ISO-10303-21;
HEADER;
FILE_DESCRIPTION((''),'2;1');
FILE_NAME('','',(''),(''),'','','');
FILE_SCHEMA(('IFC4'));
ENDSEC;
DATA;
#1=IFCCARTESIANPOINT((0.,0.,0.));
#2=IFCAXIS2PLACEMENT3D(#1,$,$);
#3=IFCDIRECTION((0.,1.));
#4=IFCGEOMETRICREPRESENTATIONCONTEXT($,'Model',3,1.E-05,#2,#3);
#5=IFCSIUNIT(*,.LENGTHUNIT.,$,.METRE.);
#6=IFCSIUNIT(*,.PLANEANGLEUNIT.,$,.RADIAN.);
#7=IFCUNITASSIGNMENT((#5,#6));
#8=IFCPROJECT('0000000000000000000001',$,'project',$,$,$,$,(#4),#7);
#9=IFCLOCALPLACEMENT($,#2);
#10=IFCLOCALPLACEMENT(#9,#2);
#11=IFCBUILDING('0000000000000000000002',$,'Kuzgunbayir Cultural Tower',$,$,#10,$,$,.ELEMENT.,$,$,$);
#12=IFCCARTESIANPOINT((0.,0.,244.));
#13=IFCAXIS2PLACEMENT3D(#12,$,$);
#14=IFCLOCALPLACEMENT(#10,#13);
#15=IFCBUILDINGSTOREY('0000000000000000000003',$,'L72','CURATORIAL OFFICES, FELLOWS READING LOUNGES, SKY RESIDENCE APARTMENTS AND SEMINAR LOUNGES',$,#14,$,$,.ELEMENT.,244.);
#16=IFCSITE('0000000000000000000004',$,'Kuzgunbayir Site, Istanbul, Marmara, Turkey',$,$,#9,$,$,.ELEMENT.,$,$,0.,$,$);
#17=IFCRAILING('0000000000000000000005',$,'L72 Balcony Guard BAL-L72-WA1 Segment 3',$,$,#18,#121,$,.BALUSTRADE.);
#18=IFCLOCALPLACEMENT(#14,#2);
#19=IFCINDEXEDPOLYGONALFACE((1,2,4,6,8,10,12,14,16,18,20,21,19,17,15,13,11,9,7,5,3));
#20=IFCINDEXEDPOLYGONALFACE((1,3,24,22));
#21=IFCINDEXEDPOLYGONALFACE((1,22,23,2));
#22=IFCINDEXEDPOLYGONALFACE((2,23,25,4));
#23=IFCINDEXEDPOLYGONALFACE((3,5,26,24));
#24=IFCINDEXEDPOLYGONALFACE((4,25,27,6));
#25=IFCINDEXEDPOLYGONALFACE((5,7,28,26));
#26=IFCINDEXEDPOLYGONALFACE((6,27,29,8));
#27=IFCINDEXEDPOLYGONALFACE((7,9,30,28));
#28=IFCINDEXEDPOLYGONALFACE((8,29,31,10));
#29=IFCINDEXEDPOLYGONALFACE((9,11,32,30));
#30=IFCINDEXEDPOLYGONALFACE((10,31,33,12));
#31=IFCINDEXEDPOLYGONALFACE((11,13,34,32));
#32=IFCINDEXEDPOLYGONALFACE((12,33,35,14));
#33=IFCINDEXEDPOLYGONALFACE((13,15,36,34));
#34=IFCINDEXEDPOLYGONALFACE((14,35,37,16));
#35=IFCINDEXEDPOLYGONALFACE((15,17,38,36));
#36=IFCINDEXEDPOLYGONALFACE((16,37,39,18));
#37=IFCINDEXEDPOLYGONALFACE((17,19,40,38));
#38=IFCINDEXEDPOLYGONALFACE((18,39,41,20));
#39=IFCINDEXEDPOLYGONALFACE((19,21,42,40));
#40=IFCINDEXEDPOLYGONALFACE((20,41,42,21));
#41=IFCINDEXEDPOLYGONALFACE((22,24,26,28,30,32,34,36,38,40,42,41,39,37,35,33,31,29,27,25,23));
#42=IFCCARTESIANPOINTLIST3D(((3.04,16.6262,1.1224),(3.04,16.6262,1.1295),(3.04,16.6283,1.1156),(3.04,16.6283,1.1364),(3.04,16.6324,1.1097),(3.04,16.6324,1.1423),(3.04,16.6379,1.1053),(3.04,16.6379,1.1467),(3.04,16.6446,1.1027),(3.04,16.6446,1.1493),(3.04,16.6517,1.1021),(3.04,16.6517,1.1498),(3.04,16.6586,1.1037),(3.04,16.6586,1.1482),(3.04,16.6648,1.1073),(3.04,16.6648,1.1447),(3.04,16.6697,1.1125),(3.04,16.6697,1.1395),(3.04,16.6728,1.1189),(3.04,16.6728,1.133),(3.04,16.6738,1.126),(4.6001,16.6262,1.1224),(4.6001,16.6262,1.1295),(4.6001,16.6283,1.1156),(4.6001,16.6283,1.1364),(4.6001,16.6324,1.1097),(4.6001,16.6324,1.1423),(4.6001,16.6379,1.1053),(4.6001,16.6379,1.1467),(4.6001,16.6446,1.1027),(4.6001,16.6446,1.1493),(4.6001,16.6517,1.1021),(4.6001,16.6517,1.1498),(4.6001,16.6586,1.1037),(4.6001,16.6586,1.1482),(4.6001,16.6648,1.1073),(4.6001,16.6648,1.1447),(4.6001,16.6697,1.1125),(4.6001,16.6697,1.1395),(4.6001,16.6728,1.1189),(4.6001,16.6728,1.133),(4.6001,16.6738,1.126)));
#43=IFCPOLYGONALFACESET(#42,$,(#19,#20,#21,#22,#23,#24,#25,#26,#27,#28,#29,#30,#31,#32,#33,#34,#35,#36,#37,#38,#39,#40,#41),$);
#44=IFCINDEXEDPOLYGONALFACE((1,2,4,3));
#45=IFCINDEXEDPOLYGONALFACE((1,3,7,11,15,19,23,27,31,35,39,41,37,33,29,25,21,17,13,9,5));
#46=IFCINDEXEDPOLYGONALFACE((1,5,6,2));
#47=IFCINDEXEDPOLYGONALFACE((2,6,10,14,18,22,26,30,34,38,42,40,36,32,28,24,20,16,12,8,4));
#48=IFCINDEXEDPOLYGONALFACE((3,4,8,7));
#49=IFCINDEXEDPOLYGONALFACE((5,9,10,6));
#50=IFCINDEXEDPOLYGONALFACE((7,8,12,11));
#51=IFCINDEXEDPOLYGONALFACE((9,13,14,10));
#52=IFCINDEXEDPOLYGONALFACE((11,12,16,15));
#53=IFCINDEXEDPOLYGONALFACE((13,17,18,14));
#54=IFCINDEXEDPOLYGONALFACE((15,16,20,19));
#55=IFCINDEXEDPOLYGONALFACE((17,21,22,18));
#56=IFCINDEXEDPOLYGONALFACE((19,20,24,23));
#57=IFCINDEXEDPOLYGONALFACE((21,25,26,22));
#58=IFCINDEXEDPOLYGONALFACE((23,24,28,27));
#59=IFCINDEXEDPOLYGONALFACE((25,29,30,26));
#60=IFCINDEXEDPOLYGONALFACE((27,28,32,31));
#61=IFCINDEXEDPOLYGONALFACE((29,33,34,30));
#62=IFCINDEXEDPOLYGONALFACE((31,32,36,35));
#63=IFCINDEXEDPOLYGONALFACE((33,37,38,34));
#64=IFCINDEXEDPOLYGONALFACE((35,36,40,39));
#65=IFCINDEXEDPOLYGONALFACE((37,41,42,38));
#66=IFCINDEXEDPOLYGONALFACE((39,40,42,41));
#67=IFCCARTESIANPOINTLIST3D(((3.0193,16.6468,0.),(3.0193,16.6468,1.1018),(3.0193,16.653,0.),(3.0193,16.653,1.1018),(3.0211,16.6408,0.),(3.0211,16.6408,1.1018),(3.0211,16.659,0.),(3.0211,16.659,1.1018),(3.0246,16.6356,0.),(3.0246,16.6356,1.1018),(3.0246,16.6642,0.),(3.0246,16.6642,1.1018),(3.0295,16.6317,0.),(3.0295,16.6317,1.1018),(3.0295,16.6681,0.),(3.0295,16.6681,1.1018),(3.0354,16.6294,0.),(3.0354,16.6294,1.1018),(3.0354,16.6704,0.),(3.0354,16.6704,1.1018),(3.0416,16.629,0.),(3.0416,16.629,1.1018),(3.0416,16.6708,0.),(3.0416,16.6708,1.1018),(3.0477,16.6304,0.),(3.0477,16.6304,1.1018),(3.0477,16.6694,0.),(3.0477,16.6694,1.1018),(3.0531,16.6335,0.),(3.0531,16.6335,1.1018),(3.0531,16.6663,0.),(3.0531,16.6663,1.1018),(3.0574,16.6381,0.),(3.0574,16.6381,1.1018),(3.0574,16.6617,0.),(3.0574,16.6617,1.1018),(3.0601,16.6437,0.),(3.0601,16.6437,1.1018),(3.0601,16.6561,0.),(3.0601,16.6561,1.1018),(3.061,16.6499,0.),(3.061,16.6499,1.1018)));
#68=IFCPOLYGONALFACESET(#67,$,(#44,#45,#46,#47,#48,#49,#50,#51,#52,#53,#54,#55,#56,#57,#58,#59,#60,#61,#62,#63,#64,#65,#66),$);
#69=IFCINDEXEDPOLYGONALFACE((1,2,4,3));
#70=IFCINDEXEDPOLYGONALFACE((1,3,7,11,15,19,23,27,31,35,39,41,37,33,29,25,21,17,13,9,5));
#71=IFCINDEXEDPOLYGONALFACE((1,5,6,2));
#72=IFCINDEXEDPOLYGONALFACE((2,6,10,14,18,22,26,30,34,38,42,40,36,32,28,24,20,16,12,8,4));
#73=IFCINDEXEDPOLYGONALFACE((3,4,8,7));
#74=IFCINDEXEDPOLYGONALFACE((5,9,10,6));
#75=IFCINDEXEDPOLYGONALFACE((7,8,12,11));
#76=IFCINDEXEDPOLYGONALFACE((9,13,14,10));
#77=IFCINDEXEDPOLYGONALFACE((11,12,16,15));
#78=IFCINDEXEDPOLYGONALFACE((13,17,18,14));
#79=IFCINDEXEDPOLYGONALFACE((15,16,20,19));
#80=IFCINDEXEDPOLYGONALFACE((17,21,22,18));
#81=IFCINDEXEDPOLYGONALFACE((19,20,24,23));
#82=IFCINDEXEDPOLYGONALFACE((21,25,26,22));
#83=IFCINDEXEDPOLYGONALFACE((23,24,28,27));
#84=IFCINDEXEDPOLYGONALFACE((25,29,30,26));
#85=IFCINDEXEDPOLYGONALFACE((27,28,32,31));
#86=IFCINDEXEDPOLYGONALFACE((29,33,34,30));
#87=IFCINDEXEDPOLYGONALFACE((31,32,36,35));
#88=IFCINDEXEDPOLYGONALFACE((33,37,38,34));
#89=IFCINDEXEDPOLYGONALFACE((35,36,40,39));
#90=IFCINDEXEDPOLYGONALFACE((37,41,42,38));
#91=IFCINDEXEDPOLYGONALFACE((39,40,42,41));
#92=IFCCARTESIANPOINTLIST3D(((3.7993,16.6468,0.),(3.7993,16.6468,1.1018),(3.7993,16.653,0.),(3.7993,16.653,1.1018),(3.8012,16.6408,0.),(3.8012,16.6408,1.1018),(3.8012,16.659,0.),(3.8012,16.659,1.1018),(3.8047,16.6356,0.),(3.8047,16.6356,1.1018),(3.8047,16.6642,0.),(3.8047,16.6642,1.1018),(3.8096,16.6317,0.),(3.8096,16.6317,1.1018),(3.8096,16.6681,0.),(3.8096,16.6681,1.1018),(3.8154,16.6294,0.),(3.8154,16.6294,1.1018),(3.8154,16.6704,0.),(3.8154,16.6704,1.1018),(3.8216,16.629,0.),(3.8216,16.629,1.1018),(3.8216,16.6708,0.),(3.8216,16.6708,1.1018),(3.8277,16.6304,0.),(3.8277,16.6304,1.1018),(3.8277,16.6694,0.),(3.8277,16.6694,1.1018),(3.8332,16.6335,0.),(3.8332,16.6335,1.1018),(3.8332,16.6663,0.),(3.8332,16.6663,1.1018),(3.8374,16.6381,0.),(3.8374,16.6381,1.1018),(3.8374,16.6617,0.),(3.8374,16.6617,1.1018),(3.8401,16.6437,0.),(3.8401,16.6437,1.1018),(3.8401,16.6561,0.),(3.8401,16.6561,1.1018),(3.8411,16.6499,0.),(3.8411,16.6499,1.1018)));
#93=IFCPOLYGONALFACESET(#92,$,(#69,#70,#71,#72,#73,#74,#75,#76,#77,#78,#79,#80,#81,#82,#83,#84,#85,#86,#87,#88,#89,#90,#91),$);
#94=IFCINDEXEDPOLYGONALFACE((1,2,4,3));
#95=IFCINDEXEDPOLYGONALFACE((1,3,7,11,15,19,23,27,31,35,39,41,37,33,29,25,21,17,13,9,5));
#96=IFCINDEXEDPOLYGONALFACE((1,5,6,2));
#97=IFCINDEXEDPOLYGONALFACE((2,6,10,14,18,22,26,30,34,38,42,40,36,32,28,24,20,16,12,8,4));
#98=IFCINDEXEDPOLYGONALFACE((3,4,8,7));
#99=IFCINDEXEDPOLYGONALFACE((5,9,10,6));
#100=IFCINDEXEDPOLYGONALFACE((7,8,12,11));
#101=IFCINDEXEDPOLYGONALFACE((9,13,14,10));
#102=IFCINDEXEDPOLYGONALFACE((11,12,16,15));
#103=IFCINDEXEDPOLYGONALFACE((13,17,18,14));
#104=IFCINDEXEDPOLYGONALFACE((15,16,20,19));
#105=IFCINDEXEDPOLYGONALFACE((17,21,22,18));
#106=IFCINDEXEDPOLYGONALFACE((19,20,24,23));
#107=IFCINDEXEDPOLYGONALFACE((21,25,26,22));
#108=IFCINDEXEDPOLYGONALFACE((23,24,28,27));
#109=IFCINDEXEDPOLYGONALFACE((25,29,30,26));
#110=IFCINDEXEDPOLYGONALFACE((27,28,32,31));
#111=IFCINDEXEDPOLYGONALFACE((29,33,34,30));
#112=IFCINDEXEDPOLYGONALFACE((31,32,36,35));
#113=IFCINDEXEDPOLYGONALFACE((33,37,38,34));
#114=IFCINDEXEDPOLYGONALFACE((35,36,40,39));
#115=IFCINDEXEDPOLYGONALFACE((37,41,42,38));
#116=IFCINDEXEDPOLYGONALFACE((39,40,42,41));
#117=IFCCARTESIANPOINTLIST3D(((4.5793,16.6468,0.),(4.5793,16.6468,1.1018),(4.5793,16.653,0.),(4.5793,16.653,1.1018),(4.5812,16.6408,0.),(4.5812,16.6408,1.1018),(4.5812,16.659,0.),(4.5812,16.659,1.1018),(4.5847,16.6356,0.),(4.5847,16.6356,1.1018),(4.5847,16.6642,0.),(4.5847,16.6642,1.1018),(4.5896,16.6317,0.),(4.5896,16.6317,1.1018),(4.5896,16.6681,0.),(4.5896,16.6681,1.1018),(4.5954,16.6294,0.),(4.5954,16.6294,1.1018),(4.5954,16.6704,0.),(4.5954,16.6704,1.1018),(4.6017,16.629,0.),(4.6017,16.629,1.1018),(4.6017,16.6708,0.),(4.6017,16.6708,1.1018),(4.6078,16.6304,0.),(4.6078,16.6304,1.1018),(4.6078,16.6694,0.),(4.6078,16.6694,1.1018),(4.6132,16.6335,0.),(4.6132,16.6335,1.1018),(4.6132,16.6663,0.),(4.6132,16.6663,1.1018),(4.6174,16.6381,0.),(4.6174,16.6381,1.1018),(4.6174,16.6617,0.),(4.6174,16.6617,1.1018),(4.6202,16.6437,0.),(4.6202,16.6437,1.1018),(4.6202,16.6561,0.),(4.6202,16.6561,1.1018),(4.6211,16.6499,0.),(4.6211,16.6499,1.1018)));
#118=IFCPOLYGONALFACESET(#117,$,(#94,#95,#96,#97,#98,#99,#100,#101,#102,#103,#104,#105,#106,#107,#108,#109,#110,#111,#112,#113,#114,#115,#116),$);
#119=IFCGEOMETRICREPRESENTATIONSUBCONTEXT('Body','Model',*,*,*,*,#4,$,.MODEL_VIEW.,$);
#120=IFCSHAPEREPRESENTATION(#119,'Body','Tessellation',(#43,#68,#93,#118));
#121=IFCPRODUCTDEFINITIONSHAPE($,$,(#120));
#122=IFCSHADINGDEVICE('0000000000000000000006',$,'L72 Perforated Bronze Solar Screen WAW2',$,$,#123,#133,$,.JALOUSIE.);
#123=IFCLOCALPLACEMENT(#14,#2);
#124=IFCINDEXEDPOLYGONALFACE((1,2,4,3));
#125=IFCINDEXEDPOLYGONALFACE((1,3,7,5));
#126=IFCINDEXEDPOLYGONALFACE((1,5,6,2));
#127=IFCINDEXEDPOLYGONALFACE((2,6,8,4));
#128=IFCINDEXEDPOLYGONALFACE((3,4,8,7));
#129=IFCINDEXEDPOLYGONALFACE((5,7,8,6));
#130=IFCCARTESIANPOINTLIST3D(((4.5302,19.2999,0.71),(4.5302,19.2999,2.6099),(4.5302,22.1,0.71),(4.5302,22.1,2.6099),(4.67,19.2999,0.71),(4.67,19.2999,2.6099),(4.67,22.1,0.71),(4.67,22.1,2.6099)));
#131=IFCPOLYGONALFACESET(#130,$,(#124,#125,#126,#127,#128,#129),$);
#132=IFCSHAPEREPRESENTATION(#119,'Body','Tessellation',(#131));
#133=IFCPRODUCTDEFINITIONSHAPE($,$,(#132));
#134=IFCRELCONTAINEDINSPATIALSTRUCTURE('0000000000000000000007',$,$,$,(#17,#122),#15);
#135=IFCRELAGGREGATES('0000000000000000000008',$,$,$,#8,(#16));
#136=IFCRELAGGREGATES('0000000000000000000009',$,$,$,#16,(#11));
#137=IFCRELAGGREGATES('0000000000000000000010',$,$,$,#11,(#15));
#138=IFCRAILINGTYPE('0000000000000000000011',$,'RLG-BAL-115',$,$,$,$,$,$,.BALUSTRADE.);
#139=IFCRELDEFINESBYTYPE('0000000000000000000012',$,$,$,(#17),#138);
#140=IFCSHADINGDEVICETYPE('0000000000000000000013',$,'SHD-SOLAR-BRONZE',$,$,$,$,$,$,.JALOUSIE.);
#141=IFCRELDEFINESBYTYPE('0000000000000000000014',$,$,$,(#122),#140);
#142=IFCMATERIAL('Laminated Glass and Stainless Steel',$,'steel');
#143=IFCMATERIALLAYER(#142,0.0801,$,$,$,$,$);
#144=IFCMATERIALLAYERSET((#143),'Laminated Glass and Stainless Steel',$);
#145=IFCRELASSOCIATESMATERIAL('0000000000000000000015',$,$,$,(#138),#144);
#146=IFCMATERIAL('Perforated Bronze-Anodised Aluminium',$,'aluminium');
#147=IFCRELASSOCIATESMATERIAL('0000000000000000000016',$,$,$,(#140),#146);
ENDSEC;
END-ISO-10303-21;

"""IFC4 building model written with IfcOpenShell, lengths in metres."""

from ifc_helpers import new_model, si_unit, direction, frame, origin, origin_2d, place, context, subcontext, project, spatial, rectangle, circle, extrude, material, layer, layer_set, type_object, element, save


model = new_model("IFC4")

# Units and contexts
model_context = context("Model", 3, precision=1e-05, world=origin(), true_north=direction((0.0, 1.0)))
body_context = subcontext(model_context, "Body", "Model", "MODEL_VIEW")
ifc_project = project(units=[si_unit("LENGTHUNIT", "METRE"), si_unit("PLANEANGLEUNIT", "RADIAN")], contexts=[model_context])

# Site, building, storey
site_placement = place(None, origin())
site = spatial("IfcSite", under=ifc_project, at=site_placement, Name="Kuzgunbayir Site, Istanbul, Marmara, Turkey", CompositionType="ELEMENT", RefElevation=0.0)
building_placement = place(site_placement, origin())
building = spatial("IfcBuilding", under=site, at=building_placement, Name="Kuzgunbayir Cultural Tower", CompositionType="ELEMENT")
storey_placement = place(building_placement, frame((0.0, 0.0, 244.0)))
storey = spatial("IfcBuildingStorey", under=building, at=storey_placement, Name="L72", Description="CURATORIAL OFFICES, FELLOWS READING LOUNGES, SKY RESIDENCE APARTMENTS AND SEMINAR LOUNGES", CompositionType="ELEMENT", Elevation=244.0)

# Railing
ifc_material_1 = material(Name="Laminated Glass and Stainless Steel", Category="steel")
ifc_layer_1 = layer(ifc_material_1, 0.0801)
ifc_layer_set_1 = layer_set([ifc_layer_1], Name="Laminated Glass and Stainless Steel")
railing_type = type_object("IfcRailingType", Name="RLG-BAL-115", PredefinedType="BALUSTRADE", material=ifc_layer_set_1)
railing_placement = place(storey_placement, frame((3.04, 16.6499, 0.0)))
element("IfcRailing", 1, at=railing_placement, inside=storey, type_object=railing_type, Name="L72 Balcony Guard BAL-L72-WA1 Segment 3", PredefinedType="BALUSTRADE", context=body_context, shape_type="SweptSolid", body=[
    extrude(circle(Radius=0.0239, at=origin_2d()), frame((0.0, 0.0, 1.126), z_axis=(1.0, 0.0, 0.0), x_axis=(0.0, 1.0, 0.0)), (0.0, 0.0, 1.0), 1.5601),
    extrude(circle(Radius=0.021, at=origin_2d()), origin(), (0.0, 0.0, 1.0), 1.1018),
    extrude(circle(Radius=0.021, at=origin_2d()), frame((0.78, 0.0, 0.0)), (0.0, 0.0, 1.0), 1.1018),
    extrude(circle(Radius=0.021, at=origin_2d()), frame((1.5601, 0.0, 0.0)), (0.0, 0.0, 1.0), 1.1018),
])

# Shading device
ifc_material_2 = material(Name="Perforated Bronze-Anodised Aluminium", Category="aluminium")
shading_device_type = type_object("IfcShadingDeviceType", Name="SHD-SOLAR-BRONZE", PredefinedType="JALOUSIE", material=ifc_material_2)
shading_device_placement = place(storey_placement, frame((4.6001, 20.7, 0.71), z_axis=(0.0, 0.0, 1.0), x_axis=(1.0, 0.0, 0.0)))
element("IfcShadingDevice", 2, at=shading_device_placement, inside=storey, type_object=shading_device_type, Name="L72 Perforated Bronze Solar Screen WAW2", PredefinedType="JALOUSIE", context=body_context, shape_type="SweptSolid", body=[
    extrude(rectangle(XDim=0.1399, YDim=2.8, at=origin_2d()), origin(), (0.0, 0.0, 1.0), 1.8999),
])

save(model, "model.ifc")
